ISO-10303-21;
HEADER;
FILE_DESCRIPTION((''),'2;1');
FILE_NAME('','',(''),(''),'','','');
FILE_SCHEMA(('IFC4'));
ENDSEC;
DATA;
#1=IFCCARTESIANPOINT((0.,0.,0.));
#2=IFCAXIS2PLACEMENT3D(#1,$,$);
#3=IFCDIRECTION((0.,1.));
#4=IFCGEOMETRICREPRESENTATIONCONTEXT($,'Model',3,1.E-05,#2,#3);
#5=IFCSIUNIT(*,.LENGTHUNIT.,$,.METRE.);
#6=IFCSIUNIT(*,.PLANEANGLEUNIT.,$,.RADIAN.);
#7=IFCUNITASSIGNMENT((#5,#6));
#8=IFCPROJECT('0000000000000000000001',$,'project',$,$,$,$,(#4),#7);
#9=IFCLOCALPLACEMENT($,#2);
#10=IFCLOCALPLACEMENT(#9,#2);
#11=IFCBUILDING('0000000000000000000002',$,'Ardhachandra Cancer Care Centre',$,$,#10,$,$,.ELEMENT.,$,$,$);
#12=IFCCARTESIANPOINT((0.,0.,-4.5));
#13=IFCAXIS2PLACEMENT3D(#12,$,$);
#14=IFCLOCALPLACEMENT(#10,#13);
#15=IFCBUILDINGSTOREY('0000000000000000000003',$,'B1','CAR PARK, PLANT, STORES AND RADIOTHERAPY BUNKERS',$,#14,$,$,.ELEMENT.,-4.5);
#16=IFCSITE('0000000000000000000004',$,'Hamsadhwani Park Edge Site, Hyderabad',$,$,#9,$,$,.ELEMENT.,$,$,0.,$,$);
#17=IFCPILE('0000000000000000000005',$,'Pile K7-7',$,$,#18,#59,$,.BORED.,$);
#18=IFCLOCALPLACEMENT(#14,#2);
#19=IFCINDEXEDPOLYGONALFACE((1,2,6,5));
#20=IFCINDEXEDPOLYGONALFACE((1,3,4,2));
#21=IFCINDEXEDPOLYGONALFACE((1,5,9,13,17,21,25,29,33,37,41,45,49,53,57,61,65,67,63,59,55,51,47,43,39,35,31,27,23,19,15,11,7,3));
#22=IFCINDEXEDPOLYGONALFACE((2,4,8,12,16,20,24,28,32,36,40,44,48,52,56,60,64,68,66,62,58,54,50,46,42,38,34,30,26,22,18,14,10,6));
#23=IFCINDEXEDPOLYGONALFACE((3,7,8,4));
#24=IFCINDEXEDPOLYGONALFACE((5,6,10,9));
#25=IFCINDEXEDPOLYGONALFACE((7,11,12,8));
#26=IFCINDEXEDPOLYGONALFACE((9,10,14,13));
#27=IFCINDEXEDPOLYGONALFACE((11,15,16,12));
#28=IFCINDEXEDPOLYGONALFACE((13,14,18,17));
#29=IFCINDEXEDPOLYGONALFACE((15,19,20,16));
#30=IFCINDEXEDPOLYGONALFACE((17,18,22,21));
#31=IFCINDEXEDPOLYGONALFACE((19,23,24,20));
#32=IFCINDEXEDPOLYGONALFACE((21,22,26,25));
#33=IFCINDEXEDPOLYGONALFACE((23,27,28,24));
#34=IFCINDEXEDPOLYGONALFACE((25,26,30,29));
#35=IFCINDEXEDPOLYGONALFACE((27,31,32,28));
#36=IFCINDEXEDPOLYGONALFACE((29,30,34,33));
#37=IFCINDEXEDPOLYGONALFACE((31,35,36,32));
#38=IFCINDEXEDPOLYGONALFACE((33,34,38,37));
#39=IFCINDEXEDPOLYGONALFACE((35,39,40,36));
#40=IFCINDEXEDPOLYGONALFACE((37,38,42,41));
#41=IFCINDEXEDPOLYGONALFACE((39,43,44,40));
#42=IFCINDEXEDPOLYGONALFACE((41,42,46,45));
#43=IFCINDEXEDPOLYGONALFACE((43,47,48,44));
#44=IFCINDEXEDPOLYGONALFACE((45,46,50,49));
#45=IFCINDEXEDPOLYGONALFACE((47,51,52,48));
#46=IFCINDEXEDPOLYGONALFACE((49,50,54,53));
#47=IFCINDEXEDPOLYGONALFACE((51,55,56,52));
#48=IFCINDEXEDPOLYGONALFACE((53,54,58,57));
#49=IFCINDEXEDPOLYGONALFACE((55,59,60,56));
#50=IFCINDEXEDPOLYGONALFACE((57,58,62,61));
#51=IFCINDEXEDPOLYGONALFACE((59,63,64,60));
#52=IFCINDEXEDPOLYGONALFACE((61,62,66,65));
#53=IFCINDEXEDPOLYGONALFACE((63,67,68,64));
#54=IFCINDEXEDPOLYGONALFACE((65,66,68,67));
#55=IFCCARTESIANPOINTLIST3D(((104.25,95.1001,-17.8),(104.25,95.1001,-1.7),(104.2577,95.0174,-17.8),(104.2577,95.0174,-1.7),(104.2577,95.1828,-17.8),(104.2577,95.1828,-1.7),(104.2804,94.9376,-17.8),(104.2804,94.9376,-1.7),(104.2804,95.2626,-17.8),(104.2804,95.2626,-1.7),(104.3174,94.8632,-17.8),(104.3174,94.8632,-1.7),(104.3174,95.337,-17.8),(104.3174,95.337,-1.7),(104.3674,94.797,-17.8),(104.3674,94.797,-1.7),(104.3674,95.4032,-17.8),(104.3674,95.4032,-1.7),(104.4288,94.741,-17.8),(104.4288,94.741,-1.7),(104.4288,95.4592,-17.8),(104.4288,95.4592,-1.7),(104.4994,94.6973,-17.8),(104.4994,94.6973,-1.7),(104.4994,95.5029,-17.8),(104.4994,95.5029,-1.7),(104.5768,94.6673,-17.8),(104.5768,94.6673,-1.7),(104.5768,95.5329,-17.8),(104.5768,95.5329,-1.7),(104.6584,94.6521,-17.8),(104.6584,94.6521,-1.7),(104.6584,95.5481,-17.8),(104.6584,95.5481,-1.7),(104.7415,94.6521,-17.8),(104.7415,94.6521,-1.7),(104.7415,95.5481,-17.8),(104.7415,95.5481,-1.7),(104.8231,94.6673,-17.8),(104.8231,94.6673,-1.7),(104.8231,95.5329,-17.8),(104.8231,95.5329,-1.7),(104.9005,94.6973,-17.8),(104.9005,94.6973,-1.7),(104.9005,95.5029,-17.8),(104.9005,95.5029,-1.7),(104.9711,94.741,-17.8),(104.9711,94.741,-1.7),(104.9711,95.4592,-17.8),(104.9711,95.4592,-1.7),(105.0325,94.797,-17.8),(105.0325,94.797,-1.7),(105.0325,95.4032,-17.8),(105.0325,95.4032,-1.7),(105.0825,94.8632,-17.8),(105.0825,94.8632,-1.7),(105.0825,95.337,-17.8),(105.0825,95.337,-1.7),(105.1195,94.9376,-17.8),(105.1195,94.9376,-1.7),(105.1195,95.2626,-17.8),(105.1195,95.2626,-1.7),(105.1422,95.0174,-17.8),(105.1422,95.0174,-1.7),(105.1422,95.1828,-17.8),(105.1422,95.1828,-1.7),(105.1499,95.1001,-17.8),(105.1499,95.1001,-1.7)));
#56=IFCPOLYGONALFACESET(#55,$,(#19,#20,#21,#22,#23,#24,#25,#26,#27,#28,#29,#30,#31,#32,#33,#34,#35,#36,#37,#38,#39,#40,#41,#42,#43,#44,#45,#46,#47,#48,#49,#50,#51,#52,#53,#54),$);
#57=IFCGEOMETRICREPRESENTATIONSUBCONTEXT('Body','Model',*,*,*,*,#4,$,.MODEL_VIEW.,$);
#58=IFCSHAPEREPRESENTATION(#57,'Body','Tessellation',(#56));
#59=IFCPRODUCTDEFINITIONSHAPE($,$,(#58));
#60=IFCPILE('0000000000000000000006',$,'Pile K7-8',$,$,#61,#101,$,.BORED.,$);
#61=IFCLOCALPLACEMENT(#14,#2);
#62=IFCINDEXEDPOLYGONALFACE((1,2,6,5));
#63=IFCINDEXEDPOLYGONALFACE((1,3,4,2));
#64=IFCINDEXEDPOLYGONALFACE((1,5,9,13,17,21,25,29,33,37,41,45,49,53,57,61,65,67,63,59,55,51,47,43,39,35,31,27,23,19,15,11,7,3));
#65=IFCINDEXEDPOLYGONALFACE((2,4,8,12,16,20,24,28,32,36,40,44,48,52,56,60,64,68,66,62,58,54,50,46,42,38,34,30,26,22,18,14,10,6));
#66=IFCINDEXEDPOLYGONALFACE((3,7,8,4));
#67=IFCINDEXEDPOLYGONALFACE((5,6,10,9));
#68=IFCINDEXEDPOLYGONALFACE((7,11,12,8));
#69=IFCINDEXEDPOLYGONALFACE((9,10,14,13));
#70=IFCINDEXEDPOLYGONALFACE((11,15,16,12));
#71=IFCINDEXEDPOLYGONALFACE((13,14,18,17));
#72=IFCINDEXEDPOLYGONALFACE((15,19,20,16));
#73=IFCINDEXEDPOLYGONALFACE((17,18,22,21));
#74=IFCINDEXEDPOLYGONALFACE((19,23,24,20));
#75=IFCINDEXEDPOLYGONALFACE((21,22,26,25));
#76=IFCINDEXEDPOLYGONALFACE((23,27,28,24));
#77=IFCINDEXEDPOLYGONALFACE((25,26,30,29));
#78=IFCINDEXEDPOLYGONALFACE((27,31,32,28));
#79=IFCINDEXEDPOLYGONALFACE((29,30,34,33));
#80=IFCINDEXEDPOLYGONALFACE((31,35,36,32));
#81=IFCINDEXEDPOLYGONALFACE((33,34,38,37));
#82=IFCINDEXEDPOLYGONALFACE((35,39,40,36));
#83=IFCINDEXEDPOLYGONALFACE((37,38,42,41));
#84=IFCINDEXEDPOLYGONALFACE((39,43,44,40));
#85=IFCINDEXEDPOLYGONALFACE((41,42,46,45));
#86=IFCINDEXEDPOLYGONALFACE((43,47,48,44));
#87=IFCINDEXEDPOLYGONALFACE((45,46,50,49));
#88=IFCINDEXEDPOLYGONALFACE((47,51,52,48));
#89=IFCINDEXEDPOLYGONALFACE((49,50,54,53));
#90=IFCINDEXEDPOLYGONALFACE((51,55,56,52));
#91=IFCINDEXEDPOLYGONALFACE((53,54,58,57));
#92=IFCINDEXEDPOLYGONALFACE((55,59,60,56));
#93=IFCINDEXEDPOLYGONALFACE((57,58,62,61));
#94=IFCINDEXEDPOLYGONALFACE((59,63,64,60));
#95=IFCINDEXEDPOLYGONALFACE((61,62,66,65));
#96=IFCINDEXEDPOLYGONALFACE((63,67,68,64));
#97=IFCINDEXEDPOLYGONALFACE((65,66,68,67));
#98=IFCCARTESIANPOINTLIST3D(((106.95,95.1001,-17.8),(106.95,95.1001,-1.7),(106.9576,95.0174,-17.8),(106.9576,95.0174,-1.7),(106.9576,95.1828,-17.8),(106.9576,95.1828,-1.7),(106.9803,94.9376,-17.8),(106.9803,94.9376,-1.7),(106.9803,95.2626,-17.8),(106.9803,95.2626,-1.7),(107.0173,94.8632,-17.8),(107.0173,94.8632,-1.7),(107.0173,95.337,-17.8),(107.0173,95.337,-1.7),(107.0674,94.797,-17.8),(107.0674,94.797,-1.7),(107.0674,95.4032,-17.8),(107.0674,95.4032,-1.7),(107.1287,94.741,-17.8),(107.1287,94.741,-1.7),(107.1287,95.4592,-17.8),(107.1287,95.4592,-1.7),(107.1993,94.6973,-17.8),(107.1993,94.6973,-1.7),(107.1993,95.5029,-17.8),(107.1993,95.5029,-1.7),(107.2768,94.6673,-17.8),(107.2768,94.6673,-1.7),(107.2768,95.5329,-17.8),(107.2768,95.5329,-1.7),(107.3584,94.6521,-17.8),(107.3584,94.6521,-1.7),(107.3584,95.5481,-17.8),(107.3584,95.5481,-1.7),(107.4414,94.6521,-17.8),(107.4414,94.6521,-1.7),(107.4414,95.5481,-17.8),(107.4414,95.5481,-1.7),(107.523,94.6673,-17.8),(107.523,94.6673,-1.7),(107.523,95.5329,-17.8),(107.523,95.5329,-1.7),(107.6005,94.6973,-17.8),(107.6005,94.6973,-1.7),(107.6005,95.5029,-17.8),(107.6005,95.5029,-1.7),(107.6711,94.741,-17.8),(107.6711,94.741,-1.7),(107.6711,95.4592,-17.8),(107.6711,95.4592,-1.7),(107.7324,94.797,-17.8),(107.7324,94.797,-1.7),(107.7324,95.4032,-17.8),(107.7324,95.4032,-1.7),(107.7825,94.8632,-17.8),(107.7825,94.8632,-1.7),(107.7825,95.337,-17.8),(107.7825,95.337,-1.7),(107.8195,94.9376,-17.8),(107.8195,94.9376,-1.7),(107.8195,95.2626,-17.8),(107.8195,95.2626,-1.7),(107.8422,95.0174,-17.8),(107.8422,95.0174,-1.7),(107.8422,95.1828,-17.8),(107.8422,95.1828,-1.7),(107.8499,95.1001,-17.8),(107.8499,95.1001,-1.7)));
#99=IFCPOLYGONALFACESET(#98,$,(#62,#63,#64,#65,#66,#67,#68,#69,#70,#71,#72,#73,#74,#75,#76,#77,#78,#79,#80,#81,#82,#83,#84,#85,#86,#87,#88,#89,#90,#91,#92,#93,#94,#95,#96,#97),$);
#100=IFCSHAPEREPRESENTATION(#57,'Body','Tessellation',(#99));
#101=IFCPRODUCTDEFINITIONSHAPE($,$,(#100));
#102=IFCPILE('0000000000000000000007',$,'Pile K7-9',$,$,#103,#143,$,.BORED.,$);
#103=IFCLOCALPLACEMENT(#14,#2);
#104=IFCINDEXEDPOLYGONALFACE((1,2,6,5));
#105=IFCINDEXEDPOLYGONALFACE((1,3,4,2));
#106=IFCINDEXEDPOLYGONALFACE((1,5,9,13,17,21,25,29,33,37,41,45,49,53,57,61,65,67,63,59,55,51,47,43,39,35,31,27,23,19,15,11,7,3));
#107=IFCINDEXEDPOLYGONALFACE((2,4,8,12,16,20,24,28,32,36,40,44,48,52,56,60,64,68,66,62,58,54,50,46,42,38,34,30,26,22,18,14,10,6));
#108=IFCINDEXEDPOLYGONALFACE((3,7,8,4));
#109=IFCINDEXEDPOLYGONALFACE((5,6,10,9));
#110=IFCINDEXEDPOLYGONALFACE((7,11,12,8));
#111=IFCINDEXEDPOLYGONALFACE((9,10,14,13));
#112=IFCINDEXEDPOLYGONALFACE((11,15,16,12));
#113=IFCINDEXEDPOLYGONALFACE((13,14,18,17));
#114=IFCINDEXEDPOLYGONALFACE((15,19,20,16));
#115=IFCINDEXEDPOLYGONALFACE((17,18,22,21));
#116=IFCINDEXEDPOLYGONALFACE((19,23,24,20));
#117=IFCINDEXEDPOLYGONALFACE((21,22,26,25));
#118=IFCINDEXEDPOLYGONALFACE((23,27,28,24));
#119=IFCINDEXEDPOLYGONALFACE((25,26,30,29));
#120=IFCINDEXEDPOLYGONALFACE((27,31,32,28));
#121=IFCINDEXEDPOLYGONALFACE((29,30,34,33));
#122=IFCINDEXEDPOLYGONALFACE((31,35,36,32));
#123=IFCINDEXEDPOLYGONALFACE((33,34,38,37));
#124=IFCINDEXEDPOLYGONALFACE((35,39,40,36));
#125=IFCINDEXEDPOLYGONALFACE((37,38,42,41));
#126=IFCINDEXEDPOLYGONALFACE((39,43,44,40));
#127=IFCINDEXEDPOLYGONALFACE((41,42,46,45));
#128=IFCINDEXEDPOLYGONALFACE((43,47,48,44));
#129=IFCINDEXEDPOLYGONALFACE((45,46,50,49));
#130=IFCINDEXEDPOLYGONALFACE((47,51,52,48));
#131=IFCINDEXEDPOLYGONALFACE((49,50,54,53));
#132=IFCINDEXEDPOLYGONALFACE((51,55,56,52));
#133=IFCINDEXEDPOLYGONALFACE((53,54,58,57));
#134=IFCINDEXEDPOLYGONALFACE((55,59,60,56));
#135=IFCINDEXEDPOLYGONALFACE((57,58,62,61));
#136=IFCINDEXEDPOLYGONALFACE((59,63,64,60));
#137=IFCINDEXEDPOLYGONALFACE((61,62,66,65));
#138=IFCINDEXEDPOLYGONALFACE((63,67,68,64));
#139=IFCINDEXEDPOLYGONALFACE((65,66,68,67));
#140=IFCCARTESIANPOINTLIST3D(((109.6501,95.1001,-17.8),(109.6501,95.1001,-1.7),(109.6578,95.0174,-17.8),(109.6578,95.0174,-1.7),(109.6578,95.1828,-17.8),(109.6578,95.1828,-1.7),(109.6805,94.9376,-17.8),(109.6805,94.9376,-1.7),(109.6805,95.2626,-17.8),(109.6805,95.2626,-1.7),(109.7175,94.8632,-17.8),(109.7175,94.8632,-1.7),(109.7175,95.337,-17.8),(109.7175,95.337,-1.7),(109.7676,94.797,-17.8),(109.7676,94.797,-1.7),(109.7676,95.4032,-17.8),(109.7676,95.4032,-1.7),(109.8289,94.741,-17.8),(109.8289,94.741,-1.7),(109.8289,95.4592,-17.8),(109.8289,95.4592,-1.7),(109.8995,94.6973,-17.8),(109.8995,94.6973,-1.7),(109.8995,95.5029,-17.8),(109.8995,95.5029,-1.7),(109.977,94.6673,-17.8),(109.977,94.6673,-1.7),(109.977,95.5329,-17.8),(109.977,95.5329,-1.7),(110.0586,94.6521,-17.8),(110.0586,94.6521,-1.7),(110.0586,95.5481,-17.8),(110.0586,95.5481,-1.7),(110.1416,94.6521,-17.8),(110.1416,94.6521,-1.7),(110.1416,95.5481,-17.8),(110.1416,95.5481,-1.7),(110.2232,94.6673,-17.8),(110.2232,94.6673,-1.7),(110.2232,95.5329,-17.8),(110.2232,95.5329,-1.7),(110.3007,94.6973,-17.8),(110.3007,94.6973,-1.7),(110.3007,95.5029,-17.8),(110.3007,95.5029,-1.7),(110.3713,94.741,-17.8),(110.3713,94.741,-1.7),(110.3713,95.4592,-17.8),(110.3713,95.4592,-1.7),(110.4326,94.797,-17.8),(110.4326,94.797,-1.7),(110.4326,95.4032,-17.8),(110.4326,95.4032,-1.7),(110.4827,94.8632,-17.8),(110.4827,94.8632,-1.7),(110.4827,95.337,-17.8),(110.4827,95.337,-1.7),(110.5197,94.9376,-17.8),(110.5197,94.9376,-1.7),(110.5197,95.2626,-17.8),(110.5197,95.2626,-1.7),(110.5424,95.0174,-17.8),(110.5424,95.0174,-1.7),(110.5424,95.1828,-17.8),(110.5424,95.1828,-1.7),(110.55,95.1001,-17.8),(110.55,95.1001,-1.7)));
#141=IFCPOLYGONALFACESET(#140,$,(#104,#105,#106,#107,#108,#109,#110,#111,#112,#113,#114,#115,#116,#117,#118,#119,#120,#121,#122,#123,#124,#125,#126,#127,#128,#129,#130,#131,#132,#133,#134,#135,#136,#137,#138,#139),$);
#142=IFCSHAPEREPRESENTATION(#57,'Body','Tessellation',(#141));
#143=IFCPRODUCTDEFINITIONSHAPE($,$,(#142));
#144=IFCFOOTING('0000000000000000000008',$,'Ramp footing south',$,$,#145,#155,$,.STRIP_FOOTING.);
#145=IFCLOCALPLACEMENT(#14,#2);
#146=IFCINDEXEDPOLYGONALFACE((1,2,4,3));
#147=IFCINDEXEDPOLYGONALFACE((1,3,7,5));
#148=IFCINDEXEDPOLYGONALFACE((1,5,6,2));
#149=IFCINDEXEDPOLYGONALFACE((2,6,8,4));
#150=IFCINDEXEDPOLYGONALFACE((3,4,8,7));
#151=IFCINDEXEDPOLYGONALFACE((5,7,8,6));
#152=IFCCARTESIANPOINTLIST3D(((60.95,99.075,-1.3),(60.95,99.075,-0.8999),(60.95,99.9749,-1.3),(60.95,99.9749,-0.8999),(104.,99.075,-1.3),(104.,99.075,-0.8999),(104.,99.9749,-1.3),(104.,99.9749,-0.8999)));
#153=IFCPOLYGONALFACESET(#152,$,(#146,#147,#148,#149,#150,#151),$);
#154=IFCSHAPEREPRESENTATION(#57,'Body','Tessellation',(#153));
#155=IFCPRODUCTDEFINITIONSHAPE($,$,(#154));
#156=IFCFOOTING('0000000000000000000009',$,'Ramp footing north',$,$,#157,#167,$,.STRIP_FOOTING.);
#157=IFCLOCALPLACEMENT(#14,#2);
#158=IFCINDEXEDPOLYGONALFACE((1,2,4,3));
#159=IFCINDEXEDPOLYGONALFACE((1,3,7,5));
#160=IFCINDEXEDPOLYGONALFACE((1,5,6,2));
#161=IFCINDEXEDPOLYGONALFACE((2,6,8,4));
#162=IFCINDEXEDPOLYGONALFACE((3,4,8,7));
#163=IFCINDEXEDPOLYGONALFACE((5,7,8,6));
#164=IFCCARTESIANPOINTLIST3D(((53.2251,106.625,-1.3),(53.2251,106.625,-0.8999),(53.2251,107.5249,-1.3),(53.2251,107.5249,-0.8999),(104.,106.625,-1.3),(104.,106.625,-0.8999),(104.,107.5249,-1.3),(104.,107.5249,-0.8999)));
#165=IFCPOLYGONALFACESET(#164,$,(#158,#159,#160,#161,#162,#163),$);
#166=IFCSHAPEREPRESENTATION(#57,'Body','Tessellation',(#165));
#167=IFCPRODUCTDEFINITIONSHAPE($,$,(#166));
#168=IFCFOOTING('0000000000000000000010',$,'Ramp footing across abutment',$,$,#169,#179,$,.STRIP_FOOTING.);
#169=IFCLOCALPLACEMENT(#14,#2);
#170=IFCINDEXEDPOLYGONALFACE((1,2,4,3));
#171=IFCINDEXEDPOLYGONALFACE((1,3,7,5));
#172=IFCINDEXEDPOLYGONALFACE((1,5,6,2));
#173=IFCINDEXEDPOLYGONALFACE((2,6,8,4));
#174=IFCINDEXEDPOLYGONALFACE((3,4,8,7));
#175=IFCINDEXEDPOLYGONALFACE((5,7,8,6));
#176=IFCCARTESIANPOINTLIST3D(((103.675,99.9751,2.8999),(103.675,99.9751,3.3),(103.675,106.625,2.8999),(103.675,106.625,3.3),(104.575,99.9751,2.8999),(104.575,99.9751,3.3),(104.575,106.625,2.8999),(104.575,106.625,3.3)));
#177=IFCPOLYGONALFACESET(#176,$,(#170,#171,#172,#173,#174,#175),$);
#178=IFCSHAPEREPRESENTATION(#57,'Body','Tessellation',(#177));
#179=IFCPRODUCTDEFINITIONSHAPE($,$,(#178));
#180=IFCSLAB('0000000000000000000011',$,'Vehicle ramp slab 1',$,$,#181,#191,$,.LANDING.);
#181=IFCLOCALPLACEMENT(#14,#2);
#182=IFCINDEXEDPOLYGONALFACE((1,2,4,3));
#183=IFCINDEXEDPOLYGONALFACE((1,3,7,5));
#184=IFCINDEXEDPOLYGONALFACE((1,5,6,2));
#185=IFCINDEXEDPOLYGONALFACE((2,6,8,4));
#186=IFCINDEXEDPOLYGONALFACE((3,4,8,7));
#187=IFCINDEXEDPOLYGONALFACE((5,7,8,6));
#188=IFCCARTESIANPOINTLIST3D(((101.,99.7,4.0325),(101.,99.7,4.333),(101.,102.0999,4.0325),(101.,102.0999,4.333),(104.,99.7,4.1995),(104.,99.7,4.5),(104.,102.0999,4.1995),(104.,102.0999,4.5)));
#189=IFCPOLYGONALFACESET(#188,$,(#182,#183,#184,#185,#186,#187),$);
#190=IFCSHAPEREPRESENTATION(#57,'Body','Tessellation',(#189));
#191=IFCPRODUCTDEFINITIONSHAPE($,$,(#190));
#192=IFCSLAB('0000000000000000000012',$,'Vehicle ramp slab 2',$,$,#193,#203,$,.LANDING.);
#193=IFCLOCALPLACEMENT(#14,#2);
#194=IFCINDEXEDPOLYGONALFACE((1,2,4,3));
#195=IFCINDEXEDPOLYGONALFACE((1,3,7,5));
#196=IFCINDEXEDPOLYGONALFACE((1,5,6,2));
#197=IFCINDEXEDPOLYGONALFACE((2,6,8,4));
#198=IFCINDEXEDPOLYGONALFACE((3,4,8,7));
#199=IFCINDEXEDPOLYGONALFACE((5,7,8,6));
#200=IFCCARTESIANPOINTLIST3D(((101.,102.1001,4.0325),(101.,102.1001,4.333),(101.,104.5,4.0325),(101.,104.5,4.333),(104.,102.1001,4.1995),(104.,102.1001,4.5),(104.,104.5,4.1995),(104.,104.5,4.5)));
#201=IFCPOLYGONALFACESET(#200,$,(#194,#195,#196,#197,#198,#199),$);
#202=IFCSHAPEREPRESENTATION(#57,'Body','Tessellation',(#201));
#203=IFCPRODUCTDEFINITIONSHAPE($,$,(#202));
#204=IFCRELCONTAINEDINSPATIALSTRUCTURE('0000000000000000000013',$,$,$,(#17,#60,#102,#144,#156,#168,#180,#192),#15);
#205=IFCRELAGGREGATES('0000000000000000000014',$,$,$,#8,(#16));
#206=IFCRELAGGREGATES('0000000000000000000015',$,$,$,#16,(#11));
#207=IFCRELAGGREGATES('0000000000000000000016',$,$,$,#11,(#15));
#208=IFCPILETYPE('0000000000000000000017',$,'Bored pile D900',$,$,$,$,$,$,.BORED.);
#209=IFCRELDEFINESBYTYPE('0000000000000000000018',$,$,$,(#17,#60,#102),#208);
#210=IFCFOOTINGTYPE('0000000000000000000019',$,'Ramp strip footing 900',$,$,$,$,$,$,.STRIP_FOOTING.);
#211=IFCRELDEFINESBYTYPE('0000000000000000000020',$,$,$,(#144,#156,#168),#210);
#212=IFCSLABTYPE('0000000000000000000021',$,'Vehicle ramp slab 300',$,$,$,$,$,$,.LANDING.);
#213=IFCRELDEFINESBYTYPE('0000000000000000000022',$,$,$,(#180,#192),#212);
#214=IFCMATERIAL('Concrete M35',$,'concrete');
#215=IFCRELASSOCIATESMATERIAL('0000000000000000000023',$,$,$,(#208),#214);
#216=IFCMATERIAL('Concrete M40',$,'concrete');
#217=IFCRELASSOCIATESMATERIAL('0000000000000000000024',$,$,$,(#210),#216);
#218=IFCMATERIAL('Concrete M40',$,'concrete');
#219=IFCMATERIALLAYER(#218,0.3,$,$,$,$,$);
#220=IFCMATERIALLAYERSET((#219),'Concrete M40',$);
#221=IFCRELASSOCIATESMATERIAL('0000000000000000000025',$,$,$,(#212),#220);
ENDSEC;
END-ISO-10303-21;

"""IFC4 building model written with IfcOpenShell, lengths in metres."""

from ifc_helpers import new_model, si_unit, direction, frame, origin, origin_2d, place, context, subcontext, project, spatial, polyline, circle, outline, extrude, material, layer, layer_set, material_profile, profile_set, type_object, element, save


model = new_model("IFC4")

# Units and contexts
model_context = context("Model", 3, precision=1e-05, world=origin(), true_north=direction((0.0, 1.0)))
body_context = subcontext(model_context, "Body", "Model", "MODEL_VIEW")
ifc_project = project(units=[si_unit("LENGTHUNIT", "METRE"), si_unit("PLANEANGLEUNIT", "RADIAN")], contexts=[model_context])

# Site, building, storey
site_placement = place(None, origin())
site = spatial("IfcSite", under=ifc_project, at=site_placement, Name="Hamsadhwani Park Edge Site, Hyderabad", CompositionType="ELEMENT", RefElevation=0.0)
building_placement = place(site_placement, origin())
building = spatial("IfcBuilding", under=site, at=building_placement, Name="Ardhachandra Cancer Care Centre", CompositionType="ELEMENT")
storey_placement = place(building_placement, frame((0.0, 0.0, -4.5)))
storey = spatial("IfcBuildingStorey", under=building, at=storey_placement, Name="B1", Description="CAR PARK, PLANT, STORES AND RADIOTHERAPY BUNKERS", CompositionType="ELEMENT", Elevation=-4.5)

# Piles
ifc_material_1 = material(Name="Concrete M35", Category="concrete")
ifc_material_profile = material_profile(ifc_material_1, circle(Radius=0.45, at=origin_2d()), Name="D900")
ifc_profile_set = profile_set([ifc_material_profile], Name="Concrete M35")
pile_type = type_object("IfcPileType", Name="Bored pile D900", PredefinedType="BORED", material=ifc_profile_set)
for number, where, z_axis, x_axis, name in (
    (1, (104.7, 95.1001, -1.7), (0.0, 0.0, -1.0), (1.0, 0.0, 0.0), "Pile K7-7"),
    (2, (107.3999, 95.1001, -1.7), (0.0, 0.0, -1.0), (1.0, 0.0, 0.0), "Pile K7-8"),
    (3, (110.1001, 95.1001, -1.7), (0.0, 0.0, -1.0), (1.0, 0.0, 0.0), "Pile K7-9"),
):
    element("IfcPile", number, at=place(storey_placement, frame(where, z_axis=z_axis, x_axis=x_axis)), inside=storey, type_object=pile_type, Name=name, PredefinedType="BORED", context=body_context, shape_type="SweptSolid", body=[
        extrude(circle(Radius=0.45, at=origin_2d()), origin(), (0.0, 0.0, 1.0), 16.1001),
    ])

# Footings
ifc_material_2 = material(Name="Concrete M40", Category="concrete")
footing_type = type_object("IfcFootingType", Name="Ramp strip footing 900", PredefinedType="STRIP_FOOTING", material=ifc_material_2)
footing_1_placement = place(storey_placement, frame((104.0, 99.5249, -1.3), z_axis=(0.0, 0.0, 1.0), x_axis=(-1.0, 0.0, 0.0)))
element("IfcFooting", 4, at=footing_1_placement, inside=storey, type_object=footing_type, Name="Ramp footing south", PredefinedType="STRIP_FOOTING", context=body_context, shape_type="SweptSolid", body=[
    extrude(outline(polyline([(0.0, 0.0), (43.05, 0.0), (43.05, 0.4001), (0.0, 0.4001), (0.0, 0.0)])), frame((0.0, 0.45, 0.0), z_axis=(0.0, -1.0, 0.0), x_axis=(1.0, 0.0, 0.0)), (0.0, 0.0, 1.0), 0.8999),
])
footing_2_placement = place(storey_placement, frame((104.0, 107.075, -1.3), z_axis=(0.0, 0.0, 1.0), x_axis=(-1.0, 0.0, 0.0)))
element("IfcFooting", 5, at=footing_2_placement, inside=storey, type_object=footing_type, Name="Ramp footing north", PredefinedType="STRIP_FOOTING", context=body_context, shape_type="SweptSolid", body=[
    extrude(outline(polyline([(0.0, 0.0), (50.7749, 0.0), (50.7749, 0.4001), (0.0, 0.4001), (0.0, 0.0)])), frame((0.0, 0.45, 0.0), z_axis=(0.0, -1.0, 0.0), x_axis=(1.0, 0.0, 0.0)), (0.0, 0.0, 1.0), 0.8999),
])
footing_3_placement = place(storey_placement, frame((104.125, 99.9751, 2.8999), z_axis=(0.0, 0.0, 1.0), x_axis=(0.0, 1.0, 0.0)))
element("IfcFooting", 6, at=footing_3_placement, inside=storey, type_object=footing_type, Name="Ramp footing across abutment", PredefinedType="STRIP_FOOTING", context=body_context, shape_type="SweptSolid", body=[
    extrude(outline(polyline([(0.0, 0.0), (6.6499, 0.0), (6.6499, 0.4001), (0.0, 0.4001), (0.0, 0.0)])), frame((0.0, 0.45, 0.0), z_axis=(0.0, -1.0, 0.0), x_axis=(1.0, 0.0, 0.0)), (0.0, 0.0, 1.0), 0.8999),
])

# Slabs
ifc_material_3 = material(Name="Concrete M40", Category="concrete")
ifc_layer_1 = layer(ifc_material_3, 0.3)
ifc_layer_set_1 = layer_set([ifc_layer_1], Name="Concrete M40")
slab_type = type_object("IfcSlabType", Name="Vehicle ramp slab 300", PredefinedType="LANDING", material=ifc_layer_set_1)
for number, where, z_axis, x_axis, name in (
    (7, (104.0, 100.8999, 4.5), (0.0, 0.0, 1.0), (-1.0, 0.0, 0.0), "Vehicle ramp slab 1"),
    (8, (104.0, 103.3, 4.5), (0.0, 0.0, 1.0), (-1.0, 0.0, 0.0), "Vehicle ramp slab 2"),
):
    element("IfcSlab", number, at=place(storey_placement, frame(where, z_axis=z_axis, x_axis=x_axis)), inside=storey, type_object=slab_type, Name=name, PredefinedType="LANDING", context=body_context, shape_type="SweptSolid", body=[
        extrude(outline(polyline([(0.0, -0.3005), (3.0, -0.4675), (3.0, -0.167), (0.0, 0.0), (0.0, -0.3005)])), frame((0.0, 1.2, 0.0), z_axis=(0.0, -1.0, 0.0), x_axis=(1.0, 0.0, 0.0)), (0.0, 0.0, 1.0), 2.3999),
    ])

save(model, "model.ifc")
